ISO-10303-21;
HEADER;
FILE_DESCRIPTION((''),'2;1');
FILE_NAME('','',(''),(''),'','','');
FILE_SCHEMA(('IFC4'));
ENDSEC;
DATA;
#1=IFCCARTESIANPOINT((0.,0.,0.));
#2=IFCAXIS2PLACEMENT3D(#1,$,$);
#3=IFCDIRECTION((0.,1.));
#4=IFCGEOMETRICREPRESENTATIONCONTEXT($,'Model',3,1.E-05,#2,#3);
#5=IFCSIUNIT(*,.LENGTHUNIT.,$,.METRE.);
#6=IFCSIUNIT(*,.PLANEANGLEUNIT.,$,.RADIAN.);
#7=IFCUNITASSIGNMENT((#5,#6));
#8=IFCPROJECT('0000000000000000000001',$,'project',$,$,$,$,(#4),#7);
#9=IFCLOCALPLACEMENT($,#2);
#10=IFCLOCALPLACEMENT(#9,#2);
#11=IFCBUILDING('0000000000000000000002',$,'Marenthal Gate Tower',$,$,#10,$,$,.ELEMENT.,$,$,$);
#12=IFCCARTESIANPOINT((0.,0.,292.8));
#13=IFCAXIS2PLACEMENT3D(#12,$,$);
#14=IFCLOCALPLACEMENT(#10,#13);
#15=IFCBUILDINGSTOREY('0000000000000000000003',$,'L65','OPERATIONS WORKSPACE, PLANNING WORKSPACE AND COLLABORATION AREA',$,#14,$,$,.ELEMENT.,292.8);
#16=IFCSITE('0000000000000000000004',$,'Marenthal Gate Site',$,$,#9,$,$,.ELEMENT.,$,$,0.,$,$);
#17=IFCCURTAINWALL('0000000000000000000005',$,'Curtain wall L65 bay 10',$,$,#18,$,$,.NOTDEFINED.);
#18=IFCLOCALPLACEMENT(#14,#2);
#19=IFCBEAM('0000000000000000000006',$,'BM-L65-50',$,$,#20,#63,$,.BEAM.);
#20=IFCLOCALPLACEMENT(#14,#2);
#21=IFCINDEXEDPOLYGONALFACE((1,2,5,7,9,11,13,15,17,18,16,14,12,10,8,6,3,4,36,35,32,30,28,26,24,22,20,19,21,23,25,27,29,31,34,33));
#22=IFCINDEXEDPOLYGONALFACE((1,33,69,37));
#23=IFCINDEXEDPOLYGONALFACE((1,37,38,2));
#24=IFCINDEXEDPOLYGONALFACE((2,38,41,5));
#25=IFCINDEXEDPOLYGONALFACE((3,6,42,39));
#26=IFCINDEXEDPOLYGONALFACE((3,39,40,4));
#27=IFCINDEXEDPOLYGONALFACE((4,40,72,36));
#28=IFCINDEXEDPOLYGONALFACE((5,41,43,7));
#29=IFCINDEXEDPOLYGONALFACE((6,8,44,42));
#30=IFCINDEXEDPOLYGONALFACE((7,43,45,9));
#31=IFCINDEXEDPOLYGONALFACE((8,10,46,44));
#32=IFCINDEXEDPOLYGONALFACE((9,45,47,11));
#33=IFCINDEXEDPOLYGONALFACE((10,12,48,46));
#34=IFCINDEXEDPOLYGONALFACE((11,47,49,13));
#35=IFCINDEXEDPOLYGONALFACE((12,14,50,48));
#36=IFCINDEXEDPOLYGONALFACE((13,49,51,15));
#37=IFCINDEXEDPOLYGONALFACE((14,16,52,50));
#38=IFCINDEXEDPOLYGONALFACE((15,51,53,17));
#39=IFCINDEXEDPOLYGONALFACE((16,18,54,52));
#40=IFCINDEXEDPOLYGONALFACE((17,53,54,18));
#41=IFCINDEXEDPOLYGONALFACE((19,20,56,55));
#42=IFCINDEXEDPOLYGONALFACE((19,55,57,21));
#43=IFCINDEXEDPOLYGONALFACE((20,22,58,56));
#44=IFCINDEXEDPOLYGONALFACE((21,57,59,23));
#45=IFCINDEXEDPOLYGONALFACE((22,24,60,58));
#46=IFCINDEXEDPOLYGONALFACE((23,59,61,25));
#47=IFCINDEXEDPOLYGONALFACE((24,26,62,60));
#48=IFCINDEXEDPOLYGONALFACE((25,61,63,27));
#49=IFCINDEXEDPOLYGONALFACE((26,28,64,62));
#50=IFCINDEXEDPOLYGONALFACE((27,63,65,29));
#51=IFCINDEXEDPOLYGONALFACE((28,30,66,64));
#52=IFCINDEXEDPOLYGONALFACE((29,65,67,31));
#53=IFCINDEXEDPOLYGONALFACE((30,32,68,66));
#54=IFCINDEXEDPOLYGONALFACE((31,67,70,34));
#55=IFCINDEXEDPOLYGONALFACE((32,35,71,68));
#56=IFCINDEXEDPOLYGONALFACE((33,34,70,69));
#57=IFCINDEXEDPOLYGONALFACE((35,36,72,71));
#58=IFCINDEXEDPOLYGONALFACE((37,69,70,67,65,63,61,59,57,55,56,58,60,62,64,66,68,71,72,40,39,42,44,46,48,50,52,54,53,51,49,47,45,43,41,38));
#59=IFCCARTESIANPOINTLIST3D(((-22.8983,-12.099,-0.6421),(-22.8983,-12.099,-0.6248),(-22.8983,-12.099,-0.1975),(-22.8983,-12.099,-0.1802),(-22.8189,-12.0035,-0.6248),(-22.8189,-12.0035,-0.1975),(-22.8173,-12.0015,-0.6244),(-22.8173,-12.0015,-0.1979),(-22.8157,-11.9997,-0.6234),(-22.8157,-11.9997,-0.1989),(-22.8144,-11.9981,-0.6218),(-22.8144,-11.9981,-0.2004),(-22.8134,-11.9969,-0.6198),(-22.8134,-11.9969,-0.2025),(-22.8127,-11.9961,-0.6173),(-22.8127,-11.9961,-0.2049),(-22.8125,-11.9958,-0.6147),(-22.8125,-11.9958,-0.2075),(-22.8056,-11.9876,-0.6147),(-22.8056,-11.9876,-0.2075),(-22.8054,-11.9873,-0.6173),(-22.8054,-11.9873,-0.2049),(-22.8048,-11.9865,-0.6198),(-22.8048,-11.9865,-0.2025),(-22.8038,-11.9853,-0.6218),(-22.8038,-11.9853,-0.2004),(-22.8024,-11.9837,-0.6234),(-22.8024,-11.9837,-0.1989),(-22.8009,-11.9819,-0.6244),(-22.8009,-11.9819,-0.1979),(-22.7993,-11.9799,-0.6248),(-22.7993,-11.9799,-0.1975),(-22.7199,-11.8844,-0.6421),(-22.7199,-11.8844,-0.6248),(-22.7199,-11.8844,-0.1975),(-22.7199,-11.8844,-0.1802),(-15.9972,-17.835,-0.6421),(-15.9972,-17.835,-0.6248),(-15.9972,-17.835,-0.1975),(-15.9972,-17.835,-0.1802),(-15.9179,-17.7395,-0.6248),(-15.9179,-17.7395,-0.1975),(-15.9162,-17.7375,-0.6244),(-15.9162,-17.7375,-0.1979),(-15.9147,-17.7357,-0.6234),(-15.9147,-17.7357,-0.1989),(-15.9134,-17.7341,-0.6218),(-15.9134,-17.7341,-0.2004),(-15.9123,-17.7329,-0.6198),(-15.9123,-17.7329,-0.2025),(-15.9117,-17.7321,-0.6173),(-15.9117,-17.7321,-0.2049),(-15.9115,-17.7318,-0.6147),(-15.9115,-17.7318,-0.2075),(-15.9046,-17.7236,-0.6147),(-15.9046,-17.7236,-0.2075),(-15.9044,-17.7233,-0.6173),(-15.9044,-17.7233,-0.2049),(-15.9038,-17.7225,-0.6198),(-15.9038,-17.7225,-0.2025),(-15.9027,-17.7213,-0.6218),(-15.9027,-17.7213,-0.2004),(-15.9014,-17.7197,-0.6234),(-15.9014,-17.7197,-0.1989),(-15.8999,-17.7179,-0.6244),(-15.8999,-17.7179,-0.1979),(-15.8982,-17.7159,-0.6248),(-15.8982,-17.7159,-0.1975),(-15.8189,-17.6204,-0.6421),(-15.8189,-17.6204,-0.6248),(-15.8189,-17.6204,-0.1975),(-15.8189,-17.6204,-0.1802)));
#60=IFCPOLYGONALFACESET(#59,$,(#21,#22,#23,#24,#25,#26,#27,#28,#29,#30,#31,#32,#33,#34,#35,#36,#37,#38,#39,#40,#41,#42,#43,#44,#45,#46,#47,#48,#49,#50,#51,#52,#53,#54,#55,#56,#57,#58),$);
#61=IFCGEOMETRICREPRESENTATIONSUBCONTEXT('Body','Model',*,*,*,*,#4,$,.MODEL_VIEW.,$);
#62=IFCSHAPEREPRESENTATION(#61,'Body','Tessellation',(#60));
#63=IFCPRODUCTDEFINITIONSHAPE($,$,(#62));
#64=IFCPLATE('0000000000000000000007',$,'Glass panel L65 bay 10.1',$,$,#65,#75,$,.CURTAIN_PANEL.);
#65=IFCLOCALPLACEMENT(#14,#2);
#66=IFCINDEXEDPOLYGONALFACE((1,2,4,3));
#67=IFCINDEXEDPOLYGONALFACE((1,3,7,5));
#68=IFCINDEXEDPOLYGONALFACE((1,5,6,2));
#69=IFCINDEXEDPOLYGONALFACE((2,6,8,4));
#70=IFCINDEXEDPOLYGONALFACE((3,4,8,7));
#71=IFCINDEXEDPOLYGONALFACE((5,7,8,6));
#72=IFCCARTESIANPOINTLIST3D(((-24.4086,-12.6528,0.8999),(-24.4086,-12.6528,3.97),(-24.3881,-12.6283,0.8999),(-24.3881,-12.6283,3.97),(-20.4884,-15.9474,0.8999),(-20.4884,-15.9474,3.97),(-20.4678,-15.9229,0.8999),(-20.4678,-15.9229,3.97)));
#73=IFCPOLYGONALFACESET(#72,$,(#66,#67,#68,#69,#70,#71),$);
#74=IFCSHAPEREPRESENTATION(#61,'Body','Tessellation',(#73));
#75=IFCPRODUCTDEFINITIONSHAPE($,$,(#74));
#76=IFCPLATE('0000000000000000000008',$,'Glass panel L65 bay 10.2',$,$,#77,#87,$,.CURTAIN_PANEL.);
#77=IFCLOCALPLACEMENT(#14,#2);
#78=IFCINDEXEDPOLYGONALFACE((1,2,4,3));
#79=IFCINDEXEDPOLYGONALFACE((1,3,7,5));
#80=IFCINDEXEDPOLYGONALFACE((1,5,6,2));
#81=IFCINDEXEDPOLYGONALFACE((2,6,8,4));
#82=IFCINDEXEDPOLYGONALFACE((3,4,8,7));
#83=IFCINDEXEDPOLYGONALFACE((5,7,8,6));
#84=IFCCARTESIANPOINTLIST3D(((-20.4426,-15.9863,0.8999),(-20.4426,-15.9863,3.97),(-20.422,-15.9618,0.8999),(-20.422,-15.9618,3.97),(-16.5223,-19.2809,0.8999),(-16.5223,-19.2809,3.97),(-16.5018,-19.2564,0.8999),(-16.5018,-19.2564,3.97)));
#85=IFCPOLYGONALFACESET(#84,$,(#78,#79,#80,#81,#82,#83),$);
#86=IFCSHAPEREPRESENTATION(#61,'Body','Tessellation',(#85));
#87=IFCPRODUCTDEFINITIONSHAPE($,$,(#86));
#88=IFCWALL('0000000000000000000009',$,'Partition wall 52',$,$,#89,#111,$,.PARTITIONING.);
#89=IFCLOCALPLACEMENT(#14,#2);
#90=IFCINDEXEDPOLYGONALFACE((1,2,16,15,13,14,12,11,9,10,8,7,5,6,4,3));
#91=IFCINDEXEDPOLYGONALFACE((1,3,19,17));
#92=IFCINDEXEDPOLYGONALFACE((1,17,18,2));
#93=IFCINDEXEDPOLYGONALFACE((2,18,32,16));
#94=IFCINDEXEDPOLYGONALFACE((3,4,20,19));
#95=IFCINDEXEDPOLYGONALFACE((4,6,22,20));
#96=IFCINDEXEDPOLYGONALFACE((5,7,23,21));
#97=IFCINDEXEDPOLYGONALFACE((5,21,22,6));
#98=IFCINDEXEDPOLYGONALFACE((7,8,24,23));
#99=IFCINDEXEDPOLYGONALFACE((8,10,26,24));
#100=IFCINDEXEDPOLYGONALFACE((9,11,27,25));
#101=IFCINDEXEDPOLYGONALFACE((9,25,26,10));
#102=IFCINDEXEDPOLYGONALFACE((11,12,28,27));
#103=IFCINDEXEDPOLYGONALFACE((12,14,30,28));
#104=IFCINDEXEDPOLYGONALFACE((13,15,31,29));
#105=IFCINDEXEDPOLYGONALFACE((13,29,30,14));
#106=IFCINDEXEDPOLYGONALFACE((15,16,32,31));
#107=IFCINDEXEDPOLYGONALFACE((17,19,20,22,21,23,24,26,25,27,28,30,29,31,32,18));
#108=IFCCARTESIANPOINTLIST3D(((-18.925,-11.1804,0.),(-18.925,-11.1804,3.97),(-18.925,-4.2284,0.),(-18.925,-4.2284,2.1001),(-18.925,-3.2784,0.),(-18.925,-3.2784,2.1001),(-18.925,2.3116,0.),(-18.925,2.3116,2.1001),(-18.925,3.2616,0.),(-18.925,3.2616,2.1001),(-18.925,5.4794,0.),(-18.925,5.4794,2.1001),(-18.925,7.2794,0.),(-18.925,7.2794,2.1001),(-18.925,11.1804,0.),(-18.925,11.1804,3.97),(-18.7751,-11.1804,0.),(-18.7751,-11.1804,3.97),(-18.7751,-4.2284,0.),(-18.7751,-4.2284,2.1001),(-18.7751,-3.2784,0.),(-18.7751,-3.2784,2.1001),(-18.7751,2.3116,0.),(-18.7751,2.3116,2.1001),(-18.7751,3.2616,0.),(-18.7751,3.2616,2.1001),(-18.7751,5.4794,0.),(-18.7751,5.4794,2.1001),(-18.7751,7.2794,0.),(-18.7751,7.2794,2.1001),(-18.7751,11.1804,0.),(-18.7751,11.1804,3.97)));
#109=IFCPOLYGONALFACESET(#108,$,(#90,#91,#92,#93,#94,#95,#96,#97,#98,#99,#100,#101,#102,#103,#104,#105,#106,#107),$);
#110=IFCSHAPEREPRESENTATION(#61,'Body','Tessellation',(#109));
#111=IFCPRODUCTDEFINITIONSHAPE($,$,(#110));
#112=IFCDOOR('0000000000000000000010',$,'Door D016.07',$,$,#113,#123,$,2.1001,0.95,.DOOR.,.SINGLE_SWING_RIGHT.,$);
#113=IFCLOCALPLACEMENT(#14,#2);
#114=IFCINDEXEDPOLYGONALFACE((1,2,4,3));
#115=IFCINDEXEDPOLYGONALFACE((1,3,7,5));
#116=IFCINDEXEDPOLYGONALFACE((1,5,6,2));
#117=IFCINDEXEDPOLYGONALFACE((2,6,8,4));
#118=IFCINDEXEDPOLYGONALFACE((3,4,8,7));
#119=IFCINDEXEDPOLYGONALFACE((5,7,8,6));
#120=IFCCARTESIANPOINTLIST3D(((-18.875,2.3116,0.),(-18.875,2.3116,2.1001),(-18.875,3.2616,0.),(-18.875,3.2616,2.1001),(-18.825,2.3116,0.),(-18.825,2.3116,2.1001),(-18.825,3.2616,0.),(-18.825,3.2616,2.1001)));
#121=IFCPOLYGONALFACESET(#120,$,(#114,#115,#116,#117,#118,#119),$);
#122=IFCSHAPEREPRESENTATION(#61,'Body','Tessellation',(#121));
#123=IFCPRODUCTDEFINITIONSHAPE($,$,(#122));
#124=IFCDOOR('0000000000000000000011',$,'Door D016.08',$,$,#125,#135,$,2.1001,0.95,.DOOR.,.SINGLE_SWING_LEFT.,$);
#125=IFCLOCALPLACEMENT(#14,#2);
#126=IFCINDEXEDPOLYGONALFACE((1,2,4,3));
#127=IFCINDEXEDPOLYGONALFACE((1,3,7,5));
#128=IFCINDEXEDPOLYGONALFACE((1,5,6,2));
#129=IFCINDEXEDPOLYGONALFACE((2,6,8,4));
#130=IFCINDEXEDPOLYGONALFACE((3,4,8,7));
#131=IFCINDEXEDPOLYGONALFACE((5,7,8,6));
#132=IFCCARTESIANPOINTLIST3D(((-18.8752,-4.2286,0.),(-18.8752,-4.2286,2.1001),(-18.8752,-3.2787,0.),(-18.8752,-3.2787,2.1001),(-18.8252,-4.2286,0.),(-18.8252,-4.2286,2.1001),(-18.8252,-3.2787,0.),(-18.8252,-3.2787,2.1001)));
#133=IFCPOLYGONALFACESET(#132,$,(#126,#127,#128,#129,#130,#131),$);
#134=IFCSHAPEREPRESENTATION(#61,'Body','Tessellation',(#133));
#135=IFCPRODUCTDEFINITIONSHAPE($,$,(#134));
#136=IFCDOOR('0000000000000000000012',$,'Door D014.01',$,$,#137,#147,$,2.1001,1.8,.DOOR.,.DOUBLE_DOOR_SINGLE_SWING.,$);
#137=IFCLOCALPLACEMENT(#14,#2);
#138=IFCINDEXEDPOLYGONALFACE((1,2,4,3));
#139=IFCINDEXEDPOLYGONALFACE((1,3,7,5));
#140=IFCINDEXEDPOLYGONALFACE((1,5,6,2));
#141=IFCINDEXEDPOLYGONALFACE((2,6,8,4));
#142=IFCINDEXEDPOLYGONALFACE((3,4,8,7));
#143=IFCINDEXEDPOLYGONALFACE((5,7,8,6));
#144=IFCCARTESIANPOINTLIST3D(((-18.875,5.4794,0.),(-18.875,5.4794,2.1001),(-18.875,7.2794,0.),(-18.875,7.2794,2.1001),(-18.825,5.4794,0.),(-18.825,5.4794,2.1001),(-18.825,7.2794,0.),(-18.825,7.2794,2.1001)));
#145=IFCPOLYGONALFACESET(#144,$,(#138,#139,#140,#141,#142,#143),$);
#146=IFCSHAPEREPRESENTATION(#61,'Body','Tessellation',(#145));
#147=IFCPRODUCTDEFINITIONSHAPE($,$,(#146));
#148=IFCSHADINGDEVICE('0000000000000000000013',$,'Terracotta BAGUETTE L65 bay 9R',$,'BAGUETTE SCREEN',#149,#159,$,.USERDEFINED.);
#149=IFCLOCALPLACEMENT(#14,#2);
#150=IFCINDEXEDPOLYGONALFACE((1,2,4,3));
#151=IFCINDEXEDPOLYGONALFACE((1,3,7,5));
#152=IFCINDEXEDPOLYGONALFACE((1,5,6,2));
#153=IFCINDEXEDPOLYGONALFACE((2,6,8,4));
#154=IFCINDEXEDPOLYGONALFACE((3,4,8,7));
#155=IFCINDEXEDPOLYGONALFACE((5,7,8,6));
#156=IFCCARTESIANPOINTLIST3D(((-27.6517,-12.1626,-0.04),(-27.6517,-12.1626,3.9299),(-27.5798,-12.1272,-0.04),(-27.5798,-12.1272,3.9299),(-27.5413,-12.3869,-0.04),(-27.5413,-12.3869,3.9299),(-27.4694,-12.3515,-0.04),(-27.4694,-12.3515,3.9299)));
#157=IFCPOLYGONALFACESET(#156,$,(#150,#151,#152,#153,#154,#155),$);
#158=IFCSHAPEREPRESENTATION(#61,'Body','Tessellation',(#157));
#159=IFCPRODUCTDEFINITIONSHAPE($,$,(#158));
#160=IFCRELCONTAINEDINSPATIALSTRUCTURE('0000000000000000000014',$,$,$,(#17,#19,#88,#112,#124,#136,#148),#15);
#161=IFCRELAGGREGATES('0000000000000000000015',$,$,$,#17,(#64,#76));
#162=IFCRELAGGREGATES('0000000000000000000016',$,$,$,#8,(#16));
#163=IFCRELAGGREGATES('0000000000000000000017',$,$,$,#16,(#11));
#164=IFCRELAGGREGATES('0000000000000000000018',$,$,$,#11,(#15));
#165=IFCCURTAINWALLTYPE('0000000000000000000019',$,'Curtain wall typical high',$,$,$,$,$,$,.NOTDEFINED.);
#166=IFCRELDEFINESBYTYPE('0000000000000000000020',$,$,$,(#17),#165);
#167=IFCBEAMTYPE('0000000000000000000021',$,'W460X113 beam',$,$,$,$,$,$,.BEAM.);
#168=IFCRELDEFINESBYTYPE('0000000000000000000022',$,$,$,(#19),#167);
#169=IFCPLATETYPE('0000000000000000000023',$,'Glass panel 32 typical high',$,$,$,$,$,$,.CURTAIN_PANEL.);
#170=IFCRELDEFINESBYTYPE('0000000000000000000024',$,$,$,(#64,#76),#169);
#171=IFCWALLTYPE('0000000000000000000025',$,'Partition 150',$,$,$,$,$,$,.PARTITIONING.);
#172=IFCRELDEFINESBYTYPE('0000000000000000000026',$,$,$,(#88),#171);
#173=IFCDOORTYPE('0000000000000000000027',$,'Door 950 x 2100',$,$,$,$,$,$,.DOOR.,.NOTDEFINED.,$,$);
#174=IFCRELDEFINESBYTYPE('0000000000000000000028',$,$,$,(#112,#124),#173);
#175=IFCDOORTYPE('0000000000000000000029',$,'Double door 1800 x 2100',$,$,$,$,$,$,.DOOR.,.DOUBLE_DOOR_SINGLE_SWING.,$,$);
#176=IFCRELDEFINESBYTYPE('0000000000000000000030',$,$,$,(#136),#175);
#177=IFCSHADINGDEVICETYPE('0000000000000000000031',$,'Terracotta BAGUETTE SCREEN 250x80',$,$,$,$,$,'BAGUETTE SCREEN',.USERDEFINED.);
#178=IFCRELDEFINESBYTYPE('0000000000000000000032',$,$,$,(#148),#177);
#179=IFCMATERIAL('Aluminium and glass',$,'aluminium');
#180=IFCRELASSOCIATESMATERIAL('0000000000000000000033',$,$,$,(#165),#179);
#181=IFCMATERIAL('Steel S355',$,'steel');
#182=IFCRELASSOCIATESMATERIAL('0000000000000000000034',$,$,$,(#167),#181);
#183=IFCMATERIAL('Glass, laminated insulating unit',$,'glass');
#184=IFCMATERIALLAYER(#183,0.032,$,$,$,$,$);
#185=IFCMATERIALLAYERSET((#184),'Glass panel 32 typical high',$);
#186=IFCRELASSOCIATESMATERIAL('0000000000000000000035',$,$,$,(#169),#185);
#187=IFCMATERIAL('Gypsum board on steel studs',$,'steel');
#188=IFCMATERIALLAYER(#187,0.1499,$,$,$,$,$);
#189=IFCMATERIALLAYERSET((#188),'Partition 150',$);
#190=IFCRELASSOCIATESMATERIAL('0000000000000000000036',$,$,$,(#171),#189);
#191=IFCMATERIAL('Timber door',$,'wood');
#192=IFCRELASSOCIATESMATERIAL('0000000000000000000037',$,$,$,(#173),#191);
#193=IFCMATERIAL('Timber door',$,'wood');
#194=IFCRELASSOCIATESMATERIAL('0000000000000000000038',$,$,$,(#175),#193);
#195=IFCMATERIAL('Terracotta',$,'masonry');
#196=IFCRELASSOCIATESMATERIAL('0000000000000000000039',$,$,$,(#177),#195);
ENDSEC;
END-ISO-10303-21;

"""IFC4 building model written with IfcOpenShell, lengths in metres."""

from ifc_helpers import new_model, si_unit, direction, frame, frame_2d, origin, origin_2d, place, context, subcontext, project, spatial, rectangle, i_section, extrude, material, layer, layer_set, material_profile, profile_set, type_object, element, fill, aggregate, save


model = new_model("IFC4")

# Units and contexts
model_context = context("Model", 3, precision=1e-05, world=origin(), true_north=direction((0.0, 1.0)))
body_context = subcontext(model_context, "Body", "Model", "MODEL_VIEW")
ifc_project = project(units=[si_unit("LENGTHUNIT", "METRE"), si_unit("PLANEANGLEUNIT", "RADIAN")], contexts=[model_context])

# Site, building, storey
site_placement = place(None, origin())
site = spatial("IfcSite", under=ifc_project, at=site_placement, Name="Marenthal Gate Site", CompositionType="ELEMENT", RefElevation=0.0)
building_placement = place(site_placement, origin())
building = spatial("IfcBuilding", under=site, at=building_placement, Name="Marenthal Gate Tower", CompositionType="ELEMENT")
storey_placement = place(building_placement, frame((0.0, 0.0, 292.8)))
storey = spatial("IfcBuildingStorey", under=building, at=storey_placement, Name="L65", Description="OPERATIONS WORKSPACE, PLANNING WORKSPACE AND COLLABORATION AREA", CompositionType="ELEMENT", Elevation=292.8)

# Curtain wall
ifc_material_1 = material(Name="Aluminium and glass", Category="aluminium")
curtain_wall_type = type_object("IfcCurtainWallType", Name="Curtain wall typical high", PredefinedType="NOTDEFINED", material=ifc_material_1)
curtain_wall_placement = place(storey_placement, origin())
curtain_wall = element("IfcCurtainWall", 1, at=curtain_wall_placement, inside=storey, type_object=curtain_wall_type, Name="Curtain wall L65 bay 10", PredefinedType="NOTDEFINED")

# Beam
ifc_material_2 = material(Name="Steel S355", Category="steel")
ifc_material_profile_1 = material_profile(ifc_material_2, i_section(OverallWidth=0.2791, OverallDepth=0.4619, WebThickness=0.0107, FlangeThickness=0.0173, FilletRadius=0.01, at=origin_2d()), Name="W460X113")
ifc_profile_set_1 = profile_set([ifc_material_profile_1], Name="Steel S355")
beam_type_1 = type_object("IfcBeamType", Name="W460X113 beam", PredefinedType="BEAM", material=ifc_profile_set_1)
beam_1_placement = place(storey_placement, frame((-22.8091, -11.9917, -0.4111), z_axis=(0.769035, -0.639207, 0.0), x_axis=(0.639207, 0.769035, 0.0)))
element("IfcBeam", 2, at=beam_1_placement, inside=storey, type_object=beam_type_1, Name="BM-L65-50", PredefinedType="BEAM", context=body_context, shape_type="SweptSolid", body=[
    extrude(i_section(OverallWidth=0.2791, OverallDepth=0.4619, WebThickness=0.0107, FlangeThickness=0.0173, FilletRadius=0.01, at=origin_2d()), origin(), (0.0, 0.0, 1.0), 8.9736),
])

# Plates
ifc_material_3 = material(Name="Glass, laminated insulating unit", Category="glass")
ifc_layer_1 = layer(ifc_material_3, 0.032)
ifc_layer_set_1 = layer_set([ifc_layer_1], Name="Glass panel 32 typical high")
plate_type = type_object("IfcPlateType", Name="Glass panel 32 typical high", PredefinedType="CURTAIN_PANEL", material=ifc_layer_set_1)
plate_1_placement = place(storey_placement, frame((-22.4382, -14.2878, 0.8999), z_axis=(0.0, 0.0, 1.0), x_axis=(0.765547, -0.64338, 0.0)))
plate_1 = element("IfcPlate", 3, at=plate_1_placement, type_object=plate_type, Name="Glass panel L65 bay 10.1", PredefinedType="CURTAIN_PANEL", context=body_context, shape_type="SweptSolid", body=[
    extrude(rectangle(XDim=5.1208, YDim=0.032, at=origin_2d()), origin(), (0.0, 0.0, 1.0), 3.0701),
])
plate_2_placement = place(storey_placement, frame((-18.4722, -17.6213, 0.8999), z_axis=(0.0, 0.0, 1.0), x_axis=(0.765547, -0.64338, 0.0)))
plate_2 = element("IfcPlate", 4, at=plate_2_placement, type_object=plate_type, Name="Glass panel L65 bay 10.2", PredefinedType="CURTAIN_PANEL", context=body_context, shape_type="SweptSolid", body=[
    extrude(rectangle(XDim=5.1208, YDim=0.032, at=origin_2d()), origin(), (0.0, 0.0, 1.0), 3.0701),
])
aggregate(curtain_wall, [plate_1, plate_2])

# Wall, openings, doors
ifc_material_4 = material(Name="Gypsum board on steel studs", Category="steel")
ifc_layer_2 = layer(ifc_material_4, 0.1499)
ifc_layer_set_2 = layer_set([ifc_layer_2], Name="Partition 150")
wall_type_1 = type_object("IfcWallType", Name="Partition 150", PredefinedType="PARTITIONING", material=ifc_layer_set_2)
wall_1_placement = place(storey_placement, frame((-18.8501, -11.1804, 0.0), z_axis=(0.0, 0.0, 1.0), x_axis=(0.0, 1.0, 0.0)))
wall_1 = element("IfcWall", 5, at=wall_1_placement, inside=storey, type_object=wall_type_1, Name="Partition wall 52", PredefinedType="PARTITIONING", context=body_context, shape_type="SweptSolid", body=[
    extrude(rectangle(XDim=22.3608, YDim=0.1499, at=frame_2d((11.1804, 0.0))), origin(), (0.0, 0.0, 1.0), 3.97),
])
opening_1_placement = place(wall_1_placement, frame((16.6599, 0.0, 0.0)))
opening_1 = element("IfcOpeningElement", 6, at=opening_1_placement, cuts=wall_1, PredefinedType="OPENING", context=body_context, shape_type="SweptSolid", body=[
    extrude(rectangle(XDim=1.8, YDim=2.1001, at=frame_2d((0.8999, 1.05))), frame((0.0, 0.085, 0.0), z_axis=(0.0, -1.0, 0.0), x_axis=(1.0, 0.0, 0.0)), (0.0, 0.0, 1.0), 0.1699),
])
opening_2_placement = place(wall_1_placement, frame((13.4919, 0.0, 0.0)))
opening_2 = element("IfcOpeningElement", 7, at=opening_2_placement, cuts=wall_1, PredefinedType="OPENING", context=body_context, shape_type="SweptSolid", body=[
    extrude(rectangle(XDim=0.95, YDim=2.1001, at=frame_2d((0.4751, 1.05))), frame((0.0, 0.085, 0.0), z_axis=(0.0, -1.0, 0.0), x_axis=(1.0, 0.0, 0.0)), (0.0, 0.0, 1.0), 0.1699),
])
opening_3_placement = place(wall_1_placement, frame((6.9519, 0.0, 0.0)))
opening_3 = element("IfcOpeningElement", 8, at=opening_3_placement, cuts=wall_1, PredefinedType="OPENING", context=body_context, shape_type="SweptSolid", body=[
    extrude(rectangle(XDim=0.95, YDim=2.1001, at=frame_2d((0.4751, 1.05))), frame((0.0, 0.085, 0.0), z_axis=(0.0, -1.0, 0.0), x_axis=(1.0, 0.0, 0.0)), (0.0, 0.0, 1.0), 0.1699),
])
ifc_material_5 = material(Name="Timber door", Category="wood")
door_type_1 = type_object("IfcDoorType", Name="Door 950 x 2100", OperationType="NOTDEFINED", PredefinedType="DOOR", material=ifc_material_5)
door_1_placement = place(opening_2_placement, origin())
door_1 = element("IfcDoor", 9, at=door_1_placement, inside=storey, type_object=door_type_1, Name="Door D016.07", OperationType="SINGLE_SWING_RIGHT", OverallHeight=2.1001, OverallWidth=0.95, PredefinedType="DOOR", context=body_context, shape_type="SweptSolid", body=[
    extrude(rectangle(XDim=0.95, YDim=2.1001, at=frame_2d((0.4751, 1.05))), frame((0.0, 0.0249, 0.0), z_axis=(0.0, -1.0, 0.0), x_axis=(1.0, 0.0, 0.0)), (0.0, 0.0, 1.0), 0.05),
])
fill(opening_2, door_1)
door_2_placement = place(opening_3_placement, frame((0.95, 0.0, 0.0), z_axis=(0.0, 0.0, 1.0), x_axis=(-1.0, 0.0, 0.0)))
door_2 = element("IfcDoor", 10, at=door_2_placement, inside=storey, type_object=door_type_1, Name="Door D016.08", OperationType="SINGLE_SWING_LEFT", OverallHeight=2.1001, OverallWidth=0.95, PredefinedType="DOOR", context=body_context, shape_type="SweptSolid", body=[
    extrude(rectangle(XDim=0.95, YDim=2.1001, at=frame_2d((0.4751, 1.05))), frame((0.0, 0.0249, 0.0), z_axis=(0.0, -1.0, 0.0), x_axis=(1.0, 0.0, 0.0)), (0.0, 0.0, 1.0), 0.05),
])
fill(opening_3, door_2)
ifc_material_6 = material(Name="Timber door", Category="wood")
door_type_2 = type_object("IfcDoorType", Name="Double door 1800 x 2100", OperationType="DOUBLE_DOOR_SINGLE_SWING", PredefinedType="DOOR", material=ifc_material_6)
door_3_placement = place(opening_1_placement, origin())
door_3 = element("IfcDoor", 11, at=door_3_placement, inside=storey, type_object=door_type_2, Name="Door D014.01", OperationType="DOUBLE_DOOR_SINGLE_SWING", OverallHeight=2.1001, OverallWidth=1.8, PredefinedType="DOOR", context=body_context, shape_type="SweptSolid", body=[
    extrude(rectangle(XDim=1.8, YDim=2.1001, at=frame_2d((0.8999, 1.05))), frame((0.0, 0.0249, 0.0), z_axis=(0.0, -1.0, 0.0), x_axis=(1.0, 0.0, 0.0)), (0.0, 0.0, 1.0), 0.05),
])
fill(opening_1, door_3)

# Shading device
ifc_material_7 = material(Name="Terracotta", Category="masonry")
ifc_material_profile_2 = material_profile(ifc_material_7, rectangle(XDim=0.25, YDim=0.0801, at=origin_2d()), Name="Terracotta baguette 250x80")
ifc_profile_set_2 = profile_set([ifc_material_profile_2], Name="Terracotta")
shading_device_type = type_object("IfcShadingDeviceType", Name="Terracotta BAGUETTE SCREEN 250x80", ElementType="BAGUETTE SCREEN", PredefinedType="USERDEFINED", material=ifc_profile_set_2)
shading_device_placement = place(storey_placement, frame((-27.5605, -12.2571, -0.04), z_axis=(0.0, 0.0, 1.0), x_axis=(0.441711, -0.897157, 0.0)))
element("IfcShadingDevice", 12, at=shading_device_placement, inside=storey, type_object=shading_device_type, Name="Terracotta BAGUETTE L65 bay 9R", ObjectType="BAGUETTE SCREEN", PredefinedType="USERDEFINED", context=body_context, shape_type="SweptSolid", body=[
    extrude(rectangle(XDim=0.25, YDim=0.0801, at=origin_2d()), origin(), (0.0, 0.0, 1.0), 3.97),
])

save(model, "model.ifc")
